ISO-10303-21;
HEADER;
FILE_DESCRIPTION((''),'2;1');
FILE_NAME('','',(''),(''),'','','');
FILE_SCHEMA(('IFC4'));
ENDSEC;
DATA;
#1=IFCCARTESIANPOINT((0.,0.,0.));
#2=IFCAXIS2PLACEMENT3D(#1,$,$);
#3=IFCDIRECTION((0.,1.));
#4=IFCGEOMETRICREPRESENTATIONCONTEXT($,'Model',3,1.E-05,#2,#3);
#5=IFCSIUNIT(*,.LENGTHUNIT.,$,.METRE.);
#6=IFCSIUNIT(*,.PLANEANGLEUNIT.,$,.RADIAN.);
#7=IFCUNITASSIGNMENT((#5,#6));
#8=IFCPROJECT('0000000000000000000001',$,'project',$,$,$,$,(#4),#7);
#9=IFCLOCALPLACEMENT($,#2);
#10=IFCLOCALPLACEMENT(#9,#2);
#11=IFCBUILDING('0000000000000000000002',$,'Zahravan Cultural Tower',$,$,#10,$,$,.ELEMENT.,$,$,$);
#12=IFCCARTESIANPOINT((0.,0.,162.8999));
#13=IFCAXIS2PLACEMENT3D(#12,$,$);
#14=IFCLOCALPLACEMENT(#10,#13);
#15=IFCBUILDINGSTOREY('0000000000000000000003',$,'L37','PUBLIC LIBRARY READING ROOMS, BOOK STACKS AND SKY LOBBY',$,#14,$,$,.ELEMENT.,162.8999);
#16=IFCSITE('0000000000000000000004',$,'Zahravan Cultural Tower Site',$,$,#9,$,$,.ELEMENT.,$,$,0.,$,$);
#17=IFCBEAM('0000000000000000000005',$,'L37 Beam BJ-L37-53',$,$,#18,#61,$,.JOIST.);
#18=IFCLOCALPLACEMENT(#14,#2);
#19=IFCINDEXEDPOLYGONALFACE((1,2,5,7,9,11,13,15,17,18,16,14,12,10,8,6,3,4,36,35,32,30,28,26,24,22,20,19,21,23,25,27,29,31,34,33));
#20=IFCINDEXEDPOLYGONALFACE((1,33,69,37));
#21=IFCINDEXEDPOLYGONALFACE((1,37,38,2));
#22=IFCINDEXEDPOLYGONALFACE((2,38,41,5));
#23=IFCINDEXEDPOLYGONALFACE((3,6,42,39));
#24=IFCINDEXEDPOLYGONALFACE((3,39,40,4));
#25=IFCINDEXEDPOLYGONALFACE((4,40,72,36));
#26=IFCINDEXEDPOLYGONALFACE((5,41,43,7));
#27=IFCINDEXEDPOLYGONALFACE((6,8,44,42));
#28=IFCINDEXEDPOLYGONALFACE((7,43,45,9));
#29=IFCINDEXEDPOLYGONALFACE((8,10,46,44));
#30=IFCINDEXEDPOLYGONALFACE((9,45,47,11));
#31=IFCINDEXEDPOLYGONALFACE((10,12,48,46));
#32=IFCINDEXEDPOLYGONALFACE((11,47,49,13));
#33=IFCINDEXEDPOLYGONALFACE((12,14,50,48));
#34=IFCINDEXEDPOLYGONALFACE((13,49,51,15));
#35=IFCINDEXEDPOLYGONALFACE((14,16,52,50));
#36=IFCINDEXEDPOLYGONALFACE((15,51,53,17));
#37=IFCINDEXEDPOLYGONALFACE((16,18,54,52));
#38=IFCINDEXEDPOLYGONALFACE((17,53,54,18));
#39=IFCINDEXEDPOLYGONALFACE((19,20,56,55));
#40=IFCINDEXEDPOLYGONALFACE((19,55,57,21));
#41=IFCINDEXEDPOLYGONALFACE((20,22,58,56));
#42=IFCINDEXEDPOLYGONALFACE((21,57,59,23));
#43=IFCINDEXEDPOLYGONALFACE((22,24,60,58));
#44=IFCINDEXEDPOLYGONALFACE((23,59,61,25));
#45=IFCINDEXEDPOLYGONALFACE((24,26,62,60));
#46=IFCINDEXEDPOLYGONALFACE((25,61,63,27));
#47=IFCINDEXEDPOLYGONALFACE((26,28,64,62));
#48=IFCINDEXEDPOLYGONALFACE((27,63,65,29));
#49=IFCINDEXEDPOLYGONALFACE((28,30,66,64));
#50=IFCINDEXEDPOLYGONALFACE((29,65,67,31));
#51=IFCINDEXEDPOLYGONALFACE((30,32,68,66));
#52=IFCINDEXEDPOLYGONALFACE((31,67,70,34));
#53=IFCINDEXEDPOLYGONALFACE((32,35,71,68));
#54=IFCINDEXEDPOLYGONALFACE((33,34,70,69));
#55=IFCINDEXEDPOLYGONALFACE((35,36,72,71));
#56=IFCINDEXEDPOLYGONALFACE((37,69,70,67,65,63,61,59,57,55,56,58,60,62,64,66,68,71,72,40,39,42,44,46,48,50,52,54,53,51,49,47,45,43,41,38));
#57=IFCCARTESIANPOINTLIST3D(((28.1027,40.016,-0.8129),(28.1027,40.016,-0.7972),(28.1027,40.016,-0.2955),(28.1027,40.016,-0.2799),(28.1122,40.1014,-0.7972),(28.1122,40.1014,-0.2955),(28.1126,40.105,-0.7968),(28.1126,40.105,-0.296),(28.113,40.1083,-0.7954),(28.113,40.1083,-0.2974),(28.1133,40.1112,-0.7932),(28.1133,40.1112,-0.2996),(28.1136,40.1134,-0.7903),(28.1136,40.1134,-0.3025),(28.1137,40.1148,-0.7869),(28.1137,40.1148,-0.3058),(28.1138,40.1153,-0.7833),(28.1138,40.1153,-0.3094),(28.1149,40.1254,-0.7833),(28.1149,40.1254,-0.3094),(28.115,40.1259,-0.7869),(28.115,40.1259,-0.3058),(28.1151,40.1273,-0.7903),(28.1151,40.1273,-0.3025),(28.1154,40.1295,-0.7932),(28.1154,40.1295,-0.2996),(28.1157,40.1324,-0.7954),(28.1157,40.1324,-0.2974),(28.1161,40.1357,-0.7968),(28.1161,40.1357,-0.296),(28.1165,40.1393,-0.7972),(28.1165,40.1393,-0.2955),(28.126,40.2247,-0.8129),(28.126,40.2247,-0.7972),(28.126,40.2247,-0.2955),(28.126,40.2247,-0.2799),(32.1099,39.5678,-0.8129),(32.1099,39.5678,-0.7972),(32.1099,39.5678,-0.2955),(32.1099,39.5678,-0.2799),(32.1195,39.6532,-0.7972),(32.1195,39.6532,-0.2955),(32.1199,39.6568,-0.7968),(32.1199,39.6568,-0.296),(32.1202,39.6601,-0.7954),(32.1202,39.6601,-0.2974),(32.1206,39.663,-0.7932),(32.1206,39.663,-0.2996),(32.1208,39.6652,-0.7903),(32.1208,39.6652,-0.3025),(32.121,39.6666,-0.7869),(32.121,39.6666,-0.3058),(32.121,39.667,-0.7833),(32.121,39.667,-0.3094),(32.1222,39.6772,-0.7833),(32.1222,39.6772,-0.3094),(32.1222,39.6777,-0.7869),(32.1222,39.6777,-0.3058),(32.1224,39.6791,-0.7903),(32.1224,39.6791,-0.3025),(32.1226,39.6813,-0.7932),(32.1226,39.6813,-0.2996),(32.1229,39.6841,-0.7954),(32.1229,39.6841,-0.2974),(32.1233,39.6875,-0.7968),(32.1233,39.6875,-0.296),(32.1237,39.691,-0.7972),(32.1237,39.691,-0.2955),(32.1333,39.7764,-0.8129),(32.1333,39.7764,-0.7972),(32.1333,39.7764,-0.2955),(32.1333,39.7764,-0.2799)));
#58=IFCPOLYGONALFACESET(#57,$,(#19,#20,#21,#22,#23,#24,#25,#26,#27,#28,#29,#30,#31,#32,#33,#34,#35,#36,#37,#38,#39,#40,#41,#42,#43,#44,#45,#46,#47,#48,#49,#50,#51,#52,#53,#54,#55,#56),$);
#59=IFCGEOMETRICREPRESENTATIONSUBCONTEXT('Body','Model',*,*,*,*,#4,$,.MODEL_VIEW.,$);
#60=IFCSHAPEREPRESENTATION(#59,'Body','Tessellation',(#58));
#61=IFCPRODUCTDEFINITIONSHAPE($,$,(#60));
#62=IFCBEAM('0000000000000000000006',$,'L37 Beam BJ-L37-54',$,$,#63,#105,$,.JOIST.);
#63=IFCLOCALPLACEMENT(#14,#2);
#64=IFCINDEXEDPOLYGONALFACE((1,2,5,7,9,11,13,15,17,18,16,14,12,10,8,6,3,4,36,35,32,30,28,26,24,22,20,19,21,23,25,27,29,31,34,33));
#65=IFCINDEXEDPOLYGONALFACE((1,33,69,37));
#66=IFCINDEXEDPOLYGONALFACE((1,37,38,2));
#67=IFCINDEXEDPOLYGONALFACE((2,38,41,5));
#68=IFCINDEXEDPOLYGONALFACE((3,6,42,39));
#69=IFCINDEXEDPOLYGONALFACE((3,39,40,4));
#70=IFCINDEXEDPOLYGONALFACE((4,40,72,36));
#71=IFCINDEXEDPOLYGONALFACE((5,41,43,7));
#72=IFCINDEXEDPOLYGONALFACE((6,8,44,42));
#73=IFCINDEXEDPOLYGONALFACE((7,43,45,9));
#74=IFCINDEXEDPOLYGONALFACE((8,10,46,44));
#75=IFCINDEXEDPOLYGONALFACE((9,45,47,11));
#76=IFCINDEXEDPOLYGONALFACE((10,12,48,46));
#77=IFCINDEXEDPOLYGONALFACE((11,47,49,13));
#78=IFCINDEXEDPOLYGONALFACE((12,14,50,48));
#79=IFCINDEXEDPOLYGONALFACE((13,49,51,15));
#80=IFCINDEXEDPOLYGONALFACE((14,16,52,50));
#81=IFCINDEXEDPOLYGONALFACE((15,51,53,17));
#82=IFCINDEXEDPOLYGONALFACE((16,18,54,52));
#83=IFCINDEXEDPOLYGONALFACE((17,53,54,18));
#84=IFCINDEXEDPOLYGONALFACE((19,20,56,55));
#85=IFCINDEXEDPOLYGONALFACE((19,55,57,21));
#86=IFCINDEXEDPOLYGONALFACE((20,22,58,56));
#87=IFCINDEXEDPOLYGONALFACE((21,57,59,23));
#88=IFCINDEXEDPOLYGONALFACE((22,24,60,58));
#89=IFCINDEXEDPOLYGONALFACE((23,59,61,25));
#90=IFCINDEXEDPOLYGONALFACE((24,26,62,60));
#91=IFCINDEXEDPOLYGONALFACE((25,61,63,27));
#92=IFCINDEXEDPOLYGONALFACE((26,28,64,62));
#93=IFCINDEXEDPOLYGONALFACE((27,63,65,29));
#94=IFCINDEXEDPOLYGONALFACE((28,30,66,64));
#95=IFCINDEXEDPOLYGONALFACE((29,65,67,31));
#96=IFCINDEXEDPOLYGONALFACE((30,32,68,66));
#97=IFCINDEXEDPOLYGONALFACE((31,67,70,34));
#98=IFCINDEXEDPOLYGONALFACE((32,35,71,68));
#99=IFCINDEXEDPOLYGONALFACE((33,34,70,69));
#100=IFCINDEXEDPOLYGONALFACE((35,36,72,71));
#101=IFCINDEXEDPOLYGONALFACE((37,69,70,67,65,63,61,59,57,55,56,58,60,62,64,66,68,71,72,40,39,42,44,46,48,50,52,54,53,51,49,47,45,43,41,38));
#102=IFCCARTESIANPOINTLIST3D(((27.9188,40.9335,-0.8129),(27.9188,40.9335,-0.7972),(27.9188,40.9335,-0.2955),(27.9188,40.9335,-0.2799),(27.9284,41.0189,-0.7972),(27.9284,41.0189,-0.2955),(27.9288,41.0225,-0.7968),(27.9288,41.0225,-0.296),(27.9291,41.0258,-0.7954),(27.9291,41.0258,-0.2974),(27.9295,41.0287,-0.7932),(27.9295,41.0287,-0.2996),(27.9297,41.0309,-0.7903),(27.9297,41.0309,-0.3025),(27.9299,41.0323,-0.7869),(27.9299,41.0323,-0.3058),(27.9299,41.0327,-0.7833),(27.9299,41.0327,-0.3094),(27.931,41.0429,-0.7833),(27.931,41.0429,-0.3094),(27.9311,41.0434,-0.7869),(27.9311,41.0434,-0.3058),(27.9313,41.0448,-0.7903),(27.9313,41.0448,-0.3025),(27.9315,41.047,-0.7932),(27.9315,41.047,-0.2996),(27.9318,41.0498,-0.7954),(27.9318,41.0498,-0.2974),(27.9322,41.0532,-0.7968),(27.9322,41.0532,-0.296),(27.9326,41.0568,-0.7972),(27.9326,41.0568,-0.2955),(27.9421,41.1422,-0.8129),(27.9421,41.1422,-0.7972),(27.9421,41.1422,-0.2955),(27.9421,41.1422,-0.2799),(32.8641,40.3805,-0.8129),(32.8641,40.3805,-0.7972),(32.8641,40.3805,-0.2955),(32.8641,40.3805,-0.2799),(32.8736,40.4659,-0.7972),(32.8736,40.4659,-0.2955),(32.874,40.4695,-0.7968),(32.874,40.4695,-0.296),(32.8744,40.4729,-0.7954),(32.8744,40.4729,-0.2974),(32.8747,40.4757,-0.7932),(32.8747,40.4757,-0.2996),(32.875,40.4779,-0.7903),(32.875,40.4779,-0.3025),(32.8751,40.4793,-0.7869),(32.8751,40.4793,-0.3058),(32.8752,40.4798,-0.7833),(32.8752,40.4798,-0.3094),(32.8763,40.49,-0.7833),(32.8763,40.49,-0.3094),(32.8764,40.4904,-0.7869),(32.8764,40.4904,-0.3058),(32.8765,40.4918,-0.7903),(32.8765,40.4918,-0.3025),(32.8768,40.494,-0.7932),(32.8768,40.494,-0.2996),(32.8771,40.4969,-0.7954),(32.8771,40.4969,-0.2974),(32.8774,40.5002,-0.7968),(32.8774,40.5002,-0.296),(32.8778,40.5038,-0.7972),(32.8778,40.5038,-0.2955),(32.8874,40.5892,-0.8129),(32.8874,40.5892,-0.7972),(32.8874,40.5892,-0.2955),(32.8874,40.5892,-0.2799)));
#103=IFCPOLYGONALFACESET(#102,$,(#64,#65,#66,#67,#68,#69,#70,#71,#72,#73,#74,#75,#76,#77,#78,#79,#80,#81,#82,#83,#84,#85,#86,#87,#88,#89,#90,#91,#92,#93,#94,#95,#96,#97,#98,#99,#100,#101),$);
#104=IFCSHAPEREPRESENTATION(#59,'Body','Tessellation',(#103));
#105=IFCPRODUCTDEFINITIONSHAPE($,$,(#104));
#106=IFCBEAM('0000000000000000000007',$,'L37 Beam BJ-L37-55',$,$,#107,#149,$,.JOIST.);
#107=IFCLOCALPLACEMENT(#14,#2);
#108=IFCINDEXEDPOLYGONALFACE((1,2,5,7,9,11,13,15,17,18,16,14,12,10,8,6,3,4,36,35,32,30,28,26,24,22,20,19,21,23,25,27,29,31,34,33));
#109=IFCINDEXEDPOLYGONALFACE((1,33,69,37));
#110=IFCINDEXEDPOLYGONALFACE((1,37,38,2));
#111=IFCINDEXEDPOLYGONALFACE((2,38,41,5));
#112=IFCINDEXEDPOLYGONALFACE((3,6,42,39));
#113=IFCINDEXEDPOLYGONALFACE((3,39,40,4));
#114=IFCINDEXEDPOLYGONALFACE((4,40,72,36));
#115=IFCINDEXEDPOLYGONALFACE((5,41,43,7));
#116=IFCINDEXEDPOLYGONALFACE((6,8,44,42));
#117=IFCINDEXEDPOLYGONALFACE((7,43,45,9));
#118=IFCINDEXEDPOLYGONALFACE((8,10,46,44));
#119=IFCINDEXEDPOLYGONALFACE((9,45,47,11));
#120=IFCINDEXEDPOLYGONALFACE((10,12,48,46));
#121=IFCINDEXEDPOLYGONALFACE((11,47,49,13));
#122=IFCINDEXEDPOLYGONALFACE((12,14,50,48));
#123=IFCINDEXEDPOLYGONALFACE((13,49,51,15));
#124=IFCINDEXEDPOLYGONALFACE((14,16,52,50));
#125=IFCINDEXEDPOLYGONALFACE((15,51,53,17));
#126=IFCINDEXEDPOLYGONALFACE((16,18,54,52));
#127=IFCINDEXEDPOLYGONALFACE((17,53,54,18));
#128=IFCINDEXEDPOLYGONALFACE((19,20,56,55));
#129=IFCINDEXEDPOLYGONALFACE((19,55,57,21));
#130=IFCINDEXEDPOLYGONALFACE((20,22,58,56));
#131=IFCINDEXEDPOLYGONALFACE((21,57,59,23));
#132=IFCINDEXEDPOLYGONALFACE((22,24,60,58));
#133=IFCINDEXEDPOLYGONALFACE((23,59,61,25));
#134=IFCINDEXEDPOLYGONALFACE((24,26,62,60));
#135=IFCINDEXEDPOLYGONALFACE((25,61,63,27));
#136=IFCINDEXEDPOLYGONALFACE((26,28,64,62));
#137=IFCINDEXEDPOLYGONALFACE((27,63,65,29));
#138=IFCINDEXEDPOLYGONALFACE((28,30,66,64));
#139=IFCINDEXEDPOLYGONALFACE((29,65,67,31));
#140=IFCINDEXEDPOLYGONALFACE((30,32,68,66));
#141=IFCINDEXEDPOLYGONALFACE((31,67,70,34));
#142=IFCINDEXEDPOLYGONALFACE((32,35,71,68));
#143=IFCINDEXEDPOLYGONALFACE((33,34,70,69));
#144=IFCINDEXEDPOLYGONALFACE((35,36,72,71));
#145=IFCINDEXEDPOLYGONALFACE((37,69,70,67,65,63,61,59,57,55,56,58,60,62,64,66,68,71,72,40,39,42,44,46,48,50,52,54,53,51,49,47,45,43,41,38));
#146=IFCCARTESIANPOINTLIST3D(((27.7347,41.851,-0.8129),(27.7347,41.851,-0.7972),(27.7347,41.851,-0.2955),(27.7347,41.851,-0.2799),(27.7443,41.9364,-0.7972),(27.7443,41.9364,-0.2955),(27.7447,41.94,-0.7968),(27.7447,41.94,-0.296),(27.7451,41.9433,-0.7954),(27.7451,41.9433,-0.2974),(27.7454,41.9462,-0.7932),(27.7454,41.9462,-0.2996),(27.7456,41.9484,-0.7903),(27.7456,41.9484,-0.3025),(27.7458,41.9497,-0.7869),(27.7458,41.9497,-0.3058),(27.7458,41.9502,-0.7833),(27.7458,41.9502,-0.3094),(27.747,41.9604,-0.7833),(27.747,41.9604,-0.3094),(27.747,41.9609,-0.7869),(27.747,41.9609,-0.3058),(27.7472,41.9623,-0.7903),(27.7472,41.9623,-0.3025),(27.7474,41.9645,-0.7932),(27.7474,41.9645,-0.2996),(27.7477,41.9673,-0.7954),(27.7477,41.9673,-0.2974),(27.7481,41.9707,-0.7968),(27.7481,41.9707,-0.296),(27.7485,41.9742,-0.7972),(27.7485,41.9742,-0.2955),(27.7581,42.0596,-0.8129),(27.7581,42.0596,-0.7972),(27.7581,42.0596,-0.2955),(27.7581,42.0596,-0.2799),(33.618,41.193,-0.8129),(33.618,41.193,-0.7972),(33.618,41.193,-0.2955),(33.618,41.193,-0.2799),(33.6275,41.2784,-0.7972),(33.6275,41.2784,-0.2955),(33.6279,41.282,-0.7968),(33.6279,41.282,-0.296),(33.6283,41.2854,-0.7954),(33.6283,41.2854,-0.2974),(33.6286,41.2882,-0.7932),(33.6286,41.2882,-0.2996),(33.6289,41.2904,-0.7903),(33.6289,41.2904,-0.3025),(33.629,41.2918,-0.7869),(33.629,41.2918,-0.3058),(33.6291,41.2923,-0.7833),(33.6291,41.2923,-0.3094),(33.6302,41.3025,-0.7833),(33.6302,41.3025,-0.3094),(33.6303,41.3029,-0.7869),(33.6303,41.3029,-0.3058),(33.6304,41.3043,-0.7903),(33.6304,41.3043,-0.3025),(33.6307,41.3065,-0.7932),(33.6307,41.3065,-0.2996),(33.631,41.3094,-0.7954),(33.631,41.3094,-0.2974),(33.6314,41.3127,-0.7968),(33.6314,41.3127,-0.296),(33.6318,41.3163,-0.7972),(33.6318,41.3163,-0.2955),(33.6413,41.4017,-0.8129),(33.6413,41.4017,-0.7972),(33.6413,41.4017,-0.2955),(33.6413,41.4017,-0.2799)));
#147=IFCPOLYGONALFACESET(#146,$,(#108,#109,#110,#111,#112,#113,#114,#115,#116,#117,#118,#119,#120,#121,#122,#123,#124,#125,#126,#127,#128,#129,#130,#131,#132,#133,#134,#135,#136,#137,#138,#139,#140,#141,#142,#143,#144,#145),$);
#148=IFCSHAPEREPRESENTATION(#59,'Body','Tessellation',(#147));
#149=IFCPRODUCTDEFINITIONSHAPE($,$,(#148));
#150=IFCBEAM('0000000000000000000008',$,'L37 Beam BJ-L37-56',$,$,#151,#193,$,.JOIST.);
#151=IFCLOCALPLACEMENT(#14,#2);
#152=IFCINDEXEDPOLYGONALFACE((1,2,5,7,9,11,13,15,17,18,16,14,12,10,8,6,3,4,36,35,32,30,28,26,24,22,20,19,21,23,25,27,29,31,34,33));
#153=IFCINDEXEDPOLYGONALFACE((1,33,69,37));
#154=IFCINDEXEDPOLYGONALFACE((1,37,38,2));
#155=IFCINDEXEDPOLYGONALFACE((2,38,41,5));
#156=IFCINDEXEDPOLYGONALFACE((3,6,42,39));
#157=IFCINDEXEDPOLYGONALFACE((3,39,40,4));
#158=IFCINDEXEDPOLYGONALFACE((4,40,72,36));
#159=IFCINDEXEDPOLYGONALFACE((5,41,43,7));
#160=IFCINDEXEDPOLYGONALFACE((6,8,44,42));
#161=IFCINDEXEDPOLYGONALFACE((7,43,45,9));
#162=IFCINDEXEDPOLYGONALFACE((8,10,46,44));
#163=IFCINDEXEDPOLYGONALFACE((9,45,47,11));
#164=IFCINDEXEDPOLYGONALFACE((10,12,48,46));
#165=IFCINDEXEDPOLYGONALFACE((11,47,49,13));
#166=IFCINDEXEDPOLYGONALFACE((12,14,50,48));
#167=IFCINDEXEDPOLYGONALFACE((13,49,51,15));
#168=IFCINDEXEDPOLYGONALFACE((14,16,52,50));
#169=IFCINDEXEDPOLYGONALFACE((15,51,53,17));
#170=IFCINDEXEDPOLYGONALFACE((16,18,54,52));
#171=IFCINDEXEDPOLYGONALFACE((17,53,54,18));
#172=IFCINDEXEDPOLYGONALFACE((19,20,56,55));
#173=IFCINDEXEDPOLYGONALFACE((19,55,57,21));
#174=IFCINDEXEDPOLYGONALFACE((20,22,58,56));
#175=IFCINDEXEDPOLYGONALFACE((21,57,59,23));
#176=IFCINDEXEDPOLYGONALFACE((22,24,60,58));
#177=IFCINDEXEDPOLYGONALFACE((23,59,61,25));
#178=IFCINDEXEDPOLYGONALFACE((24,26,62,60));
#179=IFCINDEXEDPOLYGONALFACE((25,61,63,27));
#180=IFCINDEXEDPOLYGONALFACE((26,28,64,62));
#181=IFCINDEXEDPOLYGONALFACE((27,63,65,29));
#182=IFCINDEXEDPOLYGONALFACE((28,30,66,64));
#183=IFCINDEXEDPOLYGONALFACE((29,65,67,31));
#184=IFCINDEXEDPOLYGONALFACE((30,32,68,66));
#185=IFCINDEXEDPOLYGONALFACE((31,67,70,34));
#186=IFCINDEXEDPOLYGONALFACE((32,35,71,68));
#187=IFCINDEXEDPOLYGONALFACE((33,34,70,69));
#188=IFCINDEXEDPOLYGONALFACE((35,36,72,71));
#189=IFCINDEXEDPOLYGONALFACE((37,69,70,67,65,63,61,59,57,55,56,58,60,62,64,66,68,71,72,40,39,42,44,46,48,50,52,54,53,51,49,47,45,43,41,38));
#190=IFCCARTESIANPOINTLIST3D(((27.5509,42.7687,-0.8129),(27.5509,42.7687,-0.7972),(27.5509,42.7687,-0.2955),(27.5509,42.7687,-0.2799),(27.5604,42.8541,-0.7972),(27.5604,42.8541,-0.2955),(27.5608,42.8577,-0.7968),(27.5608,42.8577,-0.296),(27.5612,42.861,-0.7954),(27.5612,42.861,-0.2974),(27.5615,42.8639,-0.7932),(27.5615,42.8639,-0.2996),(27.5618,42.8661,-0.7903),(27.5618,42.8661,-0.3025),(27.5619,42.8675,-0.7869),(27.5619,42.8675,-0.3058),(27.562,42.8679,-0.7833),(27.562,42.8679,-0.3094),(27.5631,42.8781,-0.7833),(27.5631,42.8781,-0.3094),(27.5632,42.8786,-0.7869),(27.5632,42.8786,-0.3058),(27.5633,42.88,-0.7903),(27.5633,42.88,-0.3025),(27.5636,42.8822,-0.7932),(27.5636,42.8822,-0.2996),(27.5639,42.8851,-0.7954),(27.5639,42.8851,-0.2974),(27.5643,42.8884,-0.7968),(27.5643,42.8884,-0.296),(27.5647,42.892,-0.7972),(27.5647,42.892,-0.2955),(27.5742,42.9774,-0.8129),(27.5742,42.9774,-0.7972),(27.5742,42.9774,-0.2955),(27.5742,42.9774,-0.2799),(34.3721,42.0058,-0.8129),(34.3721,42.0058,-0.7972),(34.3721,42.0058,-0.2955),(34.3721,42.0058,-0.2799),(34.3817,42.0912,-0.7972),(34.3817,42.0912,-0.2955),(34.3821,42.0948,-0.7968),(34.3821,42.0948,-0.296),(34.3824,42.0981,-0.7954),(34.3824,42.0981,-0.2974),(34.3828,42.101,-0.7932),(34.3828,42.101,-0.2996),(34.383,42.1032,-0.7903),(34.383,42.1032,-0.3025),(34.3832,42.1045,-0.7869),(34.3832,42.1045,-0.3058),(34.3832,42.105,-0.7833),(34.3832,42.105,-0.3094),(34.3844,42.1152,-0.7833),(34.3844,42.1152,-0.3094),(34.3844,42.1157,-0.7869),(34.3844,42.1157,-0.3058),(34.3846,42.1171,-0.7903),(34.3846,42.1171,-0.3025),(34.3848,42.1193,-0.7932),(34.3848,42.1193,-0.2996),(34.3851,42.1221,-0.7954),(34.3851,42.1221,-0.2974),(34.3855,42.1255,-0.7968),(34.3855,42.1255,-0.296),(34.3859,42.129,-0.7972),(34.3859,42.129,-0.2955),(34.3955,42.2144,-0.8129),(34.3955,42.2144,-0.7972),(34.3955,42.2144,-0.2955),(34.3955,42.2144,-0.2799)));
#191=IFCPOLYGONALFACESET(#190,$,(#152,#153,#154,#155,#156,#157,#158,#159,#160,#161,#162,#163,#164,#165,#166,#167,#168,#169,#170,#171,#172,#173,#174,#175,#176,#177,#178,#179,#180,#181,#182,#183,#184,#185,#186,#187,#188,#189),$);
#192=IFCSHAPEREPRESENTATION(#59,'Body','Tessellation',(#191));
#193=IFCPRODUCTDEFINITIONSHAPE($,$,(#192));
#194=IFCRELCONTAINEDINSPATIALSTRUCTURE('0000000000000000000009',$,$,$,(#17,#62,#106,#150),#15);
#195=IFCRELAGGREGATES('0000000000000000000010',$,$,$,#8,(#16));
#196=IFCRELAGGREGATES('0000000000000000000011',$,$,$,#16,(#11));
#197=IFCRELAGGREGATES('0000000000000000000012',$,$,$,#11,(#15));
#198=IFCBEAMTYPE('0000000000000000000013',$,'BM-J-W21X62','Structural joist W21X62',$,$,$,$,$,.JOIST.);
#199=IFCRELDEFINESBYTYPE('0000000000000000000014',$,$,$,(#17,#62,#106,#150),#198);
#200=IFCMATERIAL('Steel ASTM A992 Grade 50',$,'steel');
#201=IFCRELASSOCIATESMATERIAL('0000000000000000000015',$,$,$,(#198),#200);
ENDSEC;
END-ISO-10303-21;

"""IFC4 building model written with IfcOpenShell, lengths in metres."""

from ifc_helpers import new_model, si_unit, direction, frame, origin, origin_2d, place, context, subcontext, project, spatial, i_section, extrude, source, transform, mapped, material, material_profile, profile_set, type_object, element, save


model = new_model("IFC4")

# Units and contexts
model_context = context("Model", 3, precision=1e-05, world=origin(), true_north=direction((0.0, 1.0)))
body_context = subcontext(model_context, "Body", "Model", "MODEL_VIEW")
ifc_project = project(units=[si_unit("LENGTHUNIT", "METRE"), si_unit("PLANEANGLEUNIT", "RADIAN")], contexts=[model_context])

# Site, building, storey
site_placement = place(None, origin())
site = spatial("IfcSite", under=ifc_project, at=site_placement, Name="Zahravan Cultural Tower Site", CompositionType="ELEMENT", RefElevation=0.0)
building_placement = place(site_placement, origin())
building = spatial("IfcBuilding", under=site, at=building_placement, Name="Zahravan Cultural Tower", CompositionType="ELEMENT")
storey_placement = place(building_placement, frame((0.0, 0.0, 162.8999)))
storey = spatial("IfcBuildingStorey", under=building, at=storey_placement, Name="L37", Description="PUBLIC LIBRARY READING ROOMS, BOOK STACKS AND SKY LOBBY", CompositionType="ELEMENT", Elevation=162.8999)

# Shared definitions
ifc_material_1 = material(Name="Steel ASTM A992 Grade 50", Category="steel")

# Beams
ifc_material_profile_1 = material_profile(ifc_material_1, i_section(OverallWidth=0.21, OverallDepth=0.533, WebThickness=0.0103, FlangeThickness=0.0156, FilletRadius=0.0139, at=origin_2d()), Name="W21X62")
ifc_profile_set_1 = profile_set([ifc_material_profile_1], Name="Steel ASTM A992 Grade 50")
beam_type_1 = type_object("IfcBeamType", Name="BM-J-W21X62", Description="Structural joist W21X62", PredefinedType="JOIST", material=ifc_profile_set_1)
shared_shape_1 = source(origin(), body_context, "Body", "SweptSolid", [
    extrude(i_section(OverallWidth=0.21, OverallDepth=0.533, WebThickness=0.0103, FlangeThickness=0.0156, FilletRadius=0.0139, at=origin_2d()), origin(), (0.0, 0.0, 1.0), 4.0322),
])
beam_1_placement = place(storey_placement, frame((32.1216, 39.6721, -0.5464), z_axis=(-0.993802, 0.111162, 0.0), x_axis=(-0.111162, -0.993802, 0.0)))
element("IfcBeam", 1, at=beam_1_placement, inside=storey, type_object=beam_type_1, Name="L37 Beam BJ-L37-53", PredefinedType="JOIST", context=body_context, shape_type="MappedRepresentation", body=[
    mapped(shared_shape_1, transform((0.0, 0.0, 0.0), x_axis=(1.0, 0.0, 0.0), y_axis=(0.0, 1.0, 0.0), z_axis=(0.0, 0.0, 1.0), scale=1.0)),
])
shared_shape_2 = source(origin(), body_context, "Body", "SweptSolid", [
    extrude(i_section(OverallWidth=0.21, OverallDepth=0.533, WebThickness=0.0103, FlangeThickness=0.0156, FilletRadius=0.0139, at=origin_2d()), origin(), (0.0, 0.0, 1.0), 4.9761),
])
beam_2_placement = place(storey_placement, frame((32.8757, 40.4849, -0.5464), z_axis=(-0.993806, 0.111126, 0.0), x_axis=(-0.111126, -0.993806, 0.0)))
element("IfcBeam", 2, at=beam_2_placement, inside=storey, type_object=beam_type_1, Name="L37 Beam BJ-L37-54", PredefinedType="JOIST", context=body_context, shape_type="MappedRepresentation", body=[
    mapped(shared_shape_2, transform((0.0, 0.0, 0.0), x_axis=(1.0, 0.0, 0.0), y_axis=(0.0, 1.0, 0.0), z_axis=(0.0, 0.0, 1.0), scale=1.0)),
])
shared_shape_3 = source(origin(), body_context, "Body", "SweptSolid", [
    extrude(i_section(OverallWidth=0.21, OverallDepth=0.533, WebThickness=0.0103, FlangeThickness=0.0156, FilletRadius=0.0139, at=origin_2d()), origin(), (0.0, 0.0, 1.0), 5.9199),
])
beam_3_placement = place(storey_placement, frame((33.6296, 41.2974, -0.5464), z_axis=(-0.993805, 0.111142, 0.0), x_axis=(-0.111142, -0.993805, 0.0)))
element("IfcBeam", 3, at=beam_3_placement, inside=storey, type_object=beam_type_1, Name="L37 Beam BJ-L37-55", PredefinedType="JOIST", context=body_context, shape_type="MappedRepresentation", body=[
    mapped(shared_shape_3, transform((0.0, 0.0, 0.0), x_axis=(1.0, 0.0, 0.0), y_axis=(0.0, 1.0, 0.0), z_axis=(0.0, 0.0, 1.0), scale=1.0)),
])
shared_shape_4 = source(origin(), body_context, "Body", "SweptSolid", [
    extrude(i_section(OverallWidth=0.21, OverallDepth=0.533, WebThickness=0.0103, FlangeThickness=0.0156, FilletRadius=0.0139, at=origin_2d()), origin(), (0.0, 0.0, 1.0), 6.8638),
])
beam_4_placement = place(storey_placement, frame((34.3838, 42.1101, -0.5464), z_axis=(-0.993803, 0.111154, 0.0), x_axis=(-0.111154, -0.993803, 0.0)))
element("IfcBeam", 4, at=beam_4_placement, inside=storey, type_object=beam_type_1, Name="L37 Beam BJ-L37-56", PredefinedType="JOIST", context=body_context, shape_type="MappedRepresentation", body=[
    mapped(shared_shape_4, transform((0.0, 0.0, 0.0), x_axis=(1.0, 0.0, 0.0), y_axis=(0.0, 1.0, 0.0), z_axis=(0.0, 0.0, 1.0), scale=1.0)),
])

save(model, "model.ifc")
